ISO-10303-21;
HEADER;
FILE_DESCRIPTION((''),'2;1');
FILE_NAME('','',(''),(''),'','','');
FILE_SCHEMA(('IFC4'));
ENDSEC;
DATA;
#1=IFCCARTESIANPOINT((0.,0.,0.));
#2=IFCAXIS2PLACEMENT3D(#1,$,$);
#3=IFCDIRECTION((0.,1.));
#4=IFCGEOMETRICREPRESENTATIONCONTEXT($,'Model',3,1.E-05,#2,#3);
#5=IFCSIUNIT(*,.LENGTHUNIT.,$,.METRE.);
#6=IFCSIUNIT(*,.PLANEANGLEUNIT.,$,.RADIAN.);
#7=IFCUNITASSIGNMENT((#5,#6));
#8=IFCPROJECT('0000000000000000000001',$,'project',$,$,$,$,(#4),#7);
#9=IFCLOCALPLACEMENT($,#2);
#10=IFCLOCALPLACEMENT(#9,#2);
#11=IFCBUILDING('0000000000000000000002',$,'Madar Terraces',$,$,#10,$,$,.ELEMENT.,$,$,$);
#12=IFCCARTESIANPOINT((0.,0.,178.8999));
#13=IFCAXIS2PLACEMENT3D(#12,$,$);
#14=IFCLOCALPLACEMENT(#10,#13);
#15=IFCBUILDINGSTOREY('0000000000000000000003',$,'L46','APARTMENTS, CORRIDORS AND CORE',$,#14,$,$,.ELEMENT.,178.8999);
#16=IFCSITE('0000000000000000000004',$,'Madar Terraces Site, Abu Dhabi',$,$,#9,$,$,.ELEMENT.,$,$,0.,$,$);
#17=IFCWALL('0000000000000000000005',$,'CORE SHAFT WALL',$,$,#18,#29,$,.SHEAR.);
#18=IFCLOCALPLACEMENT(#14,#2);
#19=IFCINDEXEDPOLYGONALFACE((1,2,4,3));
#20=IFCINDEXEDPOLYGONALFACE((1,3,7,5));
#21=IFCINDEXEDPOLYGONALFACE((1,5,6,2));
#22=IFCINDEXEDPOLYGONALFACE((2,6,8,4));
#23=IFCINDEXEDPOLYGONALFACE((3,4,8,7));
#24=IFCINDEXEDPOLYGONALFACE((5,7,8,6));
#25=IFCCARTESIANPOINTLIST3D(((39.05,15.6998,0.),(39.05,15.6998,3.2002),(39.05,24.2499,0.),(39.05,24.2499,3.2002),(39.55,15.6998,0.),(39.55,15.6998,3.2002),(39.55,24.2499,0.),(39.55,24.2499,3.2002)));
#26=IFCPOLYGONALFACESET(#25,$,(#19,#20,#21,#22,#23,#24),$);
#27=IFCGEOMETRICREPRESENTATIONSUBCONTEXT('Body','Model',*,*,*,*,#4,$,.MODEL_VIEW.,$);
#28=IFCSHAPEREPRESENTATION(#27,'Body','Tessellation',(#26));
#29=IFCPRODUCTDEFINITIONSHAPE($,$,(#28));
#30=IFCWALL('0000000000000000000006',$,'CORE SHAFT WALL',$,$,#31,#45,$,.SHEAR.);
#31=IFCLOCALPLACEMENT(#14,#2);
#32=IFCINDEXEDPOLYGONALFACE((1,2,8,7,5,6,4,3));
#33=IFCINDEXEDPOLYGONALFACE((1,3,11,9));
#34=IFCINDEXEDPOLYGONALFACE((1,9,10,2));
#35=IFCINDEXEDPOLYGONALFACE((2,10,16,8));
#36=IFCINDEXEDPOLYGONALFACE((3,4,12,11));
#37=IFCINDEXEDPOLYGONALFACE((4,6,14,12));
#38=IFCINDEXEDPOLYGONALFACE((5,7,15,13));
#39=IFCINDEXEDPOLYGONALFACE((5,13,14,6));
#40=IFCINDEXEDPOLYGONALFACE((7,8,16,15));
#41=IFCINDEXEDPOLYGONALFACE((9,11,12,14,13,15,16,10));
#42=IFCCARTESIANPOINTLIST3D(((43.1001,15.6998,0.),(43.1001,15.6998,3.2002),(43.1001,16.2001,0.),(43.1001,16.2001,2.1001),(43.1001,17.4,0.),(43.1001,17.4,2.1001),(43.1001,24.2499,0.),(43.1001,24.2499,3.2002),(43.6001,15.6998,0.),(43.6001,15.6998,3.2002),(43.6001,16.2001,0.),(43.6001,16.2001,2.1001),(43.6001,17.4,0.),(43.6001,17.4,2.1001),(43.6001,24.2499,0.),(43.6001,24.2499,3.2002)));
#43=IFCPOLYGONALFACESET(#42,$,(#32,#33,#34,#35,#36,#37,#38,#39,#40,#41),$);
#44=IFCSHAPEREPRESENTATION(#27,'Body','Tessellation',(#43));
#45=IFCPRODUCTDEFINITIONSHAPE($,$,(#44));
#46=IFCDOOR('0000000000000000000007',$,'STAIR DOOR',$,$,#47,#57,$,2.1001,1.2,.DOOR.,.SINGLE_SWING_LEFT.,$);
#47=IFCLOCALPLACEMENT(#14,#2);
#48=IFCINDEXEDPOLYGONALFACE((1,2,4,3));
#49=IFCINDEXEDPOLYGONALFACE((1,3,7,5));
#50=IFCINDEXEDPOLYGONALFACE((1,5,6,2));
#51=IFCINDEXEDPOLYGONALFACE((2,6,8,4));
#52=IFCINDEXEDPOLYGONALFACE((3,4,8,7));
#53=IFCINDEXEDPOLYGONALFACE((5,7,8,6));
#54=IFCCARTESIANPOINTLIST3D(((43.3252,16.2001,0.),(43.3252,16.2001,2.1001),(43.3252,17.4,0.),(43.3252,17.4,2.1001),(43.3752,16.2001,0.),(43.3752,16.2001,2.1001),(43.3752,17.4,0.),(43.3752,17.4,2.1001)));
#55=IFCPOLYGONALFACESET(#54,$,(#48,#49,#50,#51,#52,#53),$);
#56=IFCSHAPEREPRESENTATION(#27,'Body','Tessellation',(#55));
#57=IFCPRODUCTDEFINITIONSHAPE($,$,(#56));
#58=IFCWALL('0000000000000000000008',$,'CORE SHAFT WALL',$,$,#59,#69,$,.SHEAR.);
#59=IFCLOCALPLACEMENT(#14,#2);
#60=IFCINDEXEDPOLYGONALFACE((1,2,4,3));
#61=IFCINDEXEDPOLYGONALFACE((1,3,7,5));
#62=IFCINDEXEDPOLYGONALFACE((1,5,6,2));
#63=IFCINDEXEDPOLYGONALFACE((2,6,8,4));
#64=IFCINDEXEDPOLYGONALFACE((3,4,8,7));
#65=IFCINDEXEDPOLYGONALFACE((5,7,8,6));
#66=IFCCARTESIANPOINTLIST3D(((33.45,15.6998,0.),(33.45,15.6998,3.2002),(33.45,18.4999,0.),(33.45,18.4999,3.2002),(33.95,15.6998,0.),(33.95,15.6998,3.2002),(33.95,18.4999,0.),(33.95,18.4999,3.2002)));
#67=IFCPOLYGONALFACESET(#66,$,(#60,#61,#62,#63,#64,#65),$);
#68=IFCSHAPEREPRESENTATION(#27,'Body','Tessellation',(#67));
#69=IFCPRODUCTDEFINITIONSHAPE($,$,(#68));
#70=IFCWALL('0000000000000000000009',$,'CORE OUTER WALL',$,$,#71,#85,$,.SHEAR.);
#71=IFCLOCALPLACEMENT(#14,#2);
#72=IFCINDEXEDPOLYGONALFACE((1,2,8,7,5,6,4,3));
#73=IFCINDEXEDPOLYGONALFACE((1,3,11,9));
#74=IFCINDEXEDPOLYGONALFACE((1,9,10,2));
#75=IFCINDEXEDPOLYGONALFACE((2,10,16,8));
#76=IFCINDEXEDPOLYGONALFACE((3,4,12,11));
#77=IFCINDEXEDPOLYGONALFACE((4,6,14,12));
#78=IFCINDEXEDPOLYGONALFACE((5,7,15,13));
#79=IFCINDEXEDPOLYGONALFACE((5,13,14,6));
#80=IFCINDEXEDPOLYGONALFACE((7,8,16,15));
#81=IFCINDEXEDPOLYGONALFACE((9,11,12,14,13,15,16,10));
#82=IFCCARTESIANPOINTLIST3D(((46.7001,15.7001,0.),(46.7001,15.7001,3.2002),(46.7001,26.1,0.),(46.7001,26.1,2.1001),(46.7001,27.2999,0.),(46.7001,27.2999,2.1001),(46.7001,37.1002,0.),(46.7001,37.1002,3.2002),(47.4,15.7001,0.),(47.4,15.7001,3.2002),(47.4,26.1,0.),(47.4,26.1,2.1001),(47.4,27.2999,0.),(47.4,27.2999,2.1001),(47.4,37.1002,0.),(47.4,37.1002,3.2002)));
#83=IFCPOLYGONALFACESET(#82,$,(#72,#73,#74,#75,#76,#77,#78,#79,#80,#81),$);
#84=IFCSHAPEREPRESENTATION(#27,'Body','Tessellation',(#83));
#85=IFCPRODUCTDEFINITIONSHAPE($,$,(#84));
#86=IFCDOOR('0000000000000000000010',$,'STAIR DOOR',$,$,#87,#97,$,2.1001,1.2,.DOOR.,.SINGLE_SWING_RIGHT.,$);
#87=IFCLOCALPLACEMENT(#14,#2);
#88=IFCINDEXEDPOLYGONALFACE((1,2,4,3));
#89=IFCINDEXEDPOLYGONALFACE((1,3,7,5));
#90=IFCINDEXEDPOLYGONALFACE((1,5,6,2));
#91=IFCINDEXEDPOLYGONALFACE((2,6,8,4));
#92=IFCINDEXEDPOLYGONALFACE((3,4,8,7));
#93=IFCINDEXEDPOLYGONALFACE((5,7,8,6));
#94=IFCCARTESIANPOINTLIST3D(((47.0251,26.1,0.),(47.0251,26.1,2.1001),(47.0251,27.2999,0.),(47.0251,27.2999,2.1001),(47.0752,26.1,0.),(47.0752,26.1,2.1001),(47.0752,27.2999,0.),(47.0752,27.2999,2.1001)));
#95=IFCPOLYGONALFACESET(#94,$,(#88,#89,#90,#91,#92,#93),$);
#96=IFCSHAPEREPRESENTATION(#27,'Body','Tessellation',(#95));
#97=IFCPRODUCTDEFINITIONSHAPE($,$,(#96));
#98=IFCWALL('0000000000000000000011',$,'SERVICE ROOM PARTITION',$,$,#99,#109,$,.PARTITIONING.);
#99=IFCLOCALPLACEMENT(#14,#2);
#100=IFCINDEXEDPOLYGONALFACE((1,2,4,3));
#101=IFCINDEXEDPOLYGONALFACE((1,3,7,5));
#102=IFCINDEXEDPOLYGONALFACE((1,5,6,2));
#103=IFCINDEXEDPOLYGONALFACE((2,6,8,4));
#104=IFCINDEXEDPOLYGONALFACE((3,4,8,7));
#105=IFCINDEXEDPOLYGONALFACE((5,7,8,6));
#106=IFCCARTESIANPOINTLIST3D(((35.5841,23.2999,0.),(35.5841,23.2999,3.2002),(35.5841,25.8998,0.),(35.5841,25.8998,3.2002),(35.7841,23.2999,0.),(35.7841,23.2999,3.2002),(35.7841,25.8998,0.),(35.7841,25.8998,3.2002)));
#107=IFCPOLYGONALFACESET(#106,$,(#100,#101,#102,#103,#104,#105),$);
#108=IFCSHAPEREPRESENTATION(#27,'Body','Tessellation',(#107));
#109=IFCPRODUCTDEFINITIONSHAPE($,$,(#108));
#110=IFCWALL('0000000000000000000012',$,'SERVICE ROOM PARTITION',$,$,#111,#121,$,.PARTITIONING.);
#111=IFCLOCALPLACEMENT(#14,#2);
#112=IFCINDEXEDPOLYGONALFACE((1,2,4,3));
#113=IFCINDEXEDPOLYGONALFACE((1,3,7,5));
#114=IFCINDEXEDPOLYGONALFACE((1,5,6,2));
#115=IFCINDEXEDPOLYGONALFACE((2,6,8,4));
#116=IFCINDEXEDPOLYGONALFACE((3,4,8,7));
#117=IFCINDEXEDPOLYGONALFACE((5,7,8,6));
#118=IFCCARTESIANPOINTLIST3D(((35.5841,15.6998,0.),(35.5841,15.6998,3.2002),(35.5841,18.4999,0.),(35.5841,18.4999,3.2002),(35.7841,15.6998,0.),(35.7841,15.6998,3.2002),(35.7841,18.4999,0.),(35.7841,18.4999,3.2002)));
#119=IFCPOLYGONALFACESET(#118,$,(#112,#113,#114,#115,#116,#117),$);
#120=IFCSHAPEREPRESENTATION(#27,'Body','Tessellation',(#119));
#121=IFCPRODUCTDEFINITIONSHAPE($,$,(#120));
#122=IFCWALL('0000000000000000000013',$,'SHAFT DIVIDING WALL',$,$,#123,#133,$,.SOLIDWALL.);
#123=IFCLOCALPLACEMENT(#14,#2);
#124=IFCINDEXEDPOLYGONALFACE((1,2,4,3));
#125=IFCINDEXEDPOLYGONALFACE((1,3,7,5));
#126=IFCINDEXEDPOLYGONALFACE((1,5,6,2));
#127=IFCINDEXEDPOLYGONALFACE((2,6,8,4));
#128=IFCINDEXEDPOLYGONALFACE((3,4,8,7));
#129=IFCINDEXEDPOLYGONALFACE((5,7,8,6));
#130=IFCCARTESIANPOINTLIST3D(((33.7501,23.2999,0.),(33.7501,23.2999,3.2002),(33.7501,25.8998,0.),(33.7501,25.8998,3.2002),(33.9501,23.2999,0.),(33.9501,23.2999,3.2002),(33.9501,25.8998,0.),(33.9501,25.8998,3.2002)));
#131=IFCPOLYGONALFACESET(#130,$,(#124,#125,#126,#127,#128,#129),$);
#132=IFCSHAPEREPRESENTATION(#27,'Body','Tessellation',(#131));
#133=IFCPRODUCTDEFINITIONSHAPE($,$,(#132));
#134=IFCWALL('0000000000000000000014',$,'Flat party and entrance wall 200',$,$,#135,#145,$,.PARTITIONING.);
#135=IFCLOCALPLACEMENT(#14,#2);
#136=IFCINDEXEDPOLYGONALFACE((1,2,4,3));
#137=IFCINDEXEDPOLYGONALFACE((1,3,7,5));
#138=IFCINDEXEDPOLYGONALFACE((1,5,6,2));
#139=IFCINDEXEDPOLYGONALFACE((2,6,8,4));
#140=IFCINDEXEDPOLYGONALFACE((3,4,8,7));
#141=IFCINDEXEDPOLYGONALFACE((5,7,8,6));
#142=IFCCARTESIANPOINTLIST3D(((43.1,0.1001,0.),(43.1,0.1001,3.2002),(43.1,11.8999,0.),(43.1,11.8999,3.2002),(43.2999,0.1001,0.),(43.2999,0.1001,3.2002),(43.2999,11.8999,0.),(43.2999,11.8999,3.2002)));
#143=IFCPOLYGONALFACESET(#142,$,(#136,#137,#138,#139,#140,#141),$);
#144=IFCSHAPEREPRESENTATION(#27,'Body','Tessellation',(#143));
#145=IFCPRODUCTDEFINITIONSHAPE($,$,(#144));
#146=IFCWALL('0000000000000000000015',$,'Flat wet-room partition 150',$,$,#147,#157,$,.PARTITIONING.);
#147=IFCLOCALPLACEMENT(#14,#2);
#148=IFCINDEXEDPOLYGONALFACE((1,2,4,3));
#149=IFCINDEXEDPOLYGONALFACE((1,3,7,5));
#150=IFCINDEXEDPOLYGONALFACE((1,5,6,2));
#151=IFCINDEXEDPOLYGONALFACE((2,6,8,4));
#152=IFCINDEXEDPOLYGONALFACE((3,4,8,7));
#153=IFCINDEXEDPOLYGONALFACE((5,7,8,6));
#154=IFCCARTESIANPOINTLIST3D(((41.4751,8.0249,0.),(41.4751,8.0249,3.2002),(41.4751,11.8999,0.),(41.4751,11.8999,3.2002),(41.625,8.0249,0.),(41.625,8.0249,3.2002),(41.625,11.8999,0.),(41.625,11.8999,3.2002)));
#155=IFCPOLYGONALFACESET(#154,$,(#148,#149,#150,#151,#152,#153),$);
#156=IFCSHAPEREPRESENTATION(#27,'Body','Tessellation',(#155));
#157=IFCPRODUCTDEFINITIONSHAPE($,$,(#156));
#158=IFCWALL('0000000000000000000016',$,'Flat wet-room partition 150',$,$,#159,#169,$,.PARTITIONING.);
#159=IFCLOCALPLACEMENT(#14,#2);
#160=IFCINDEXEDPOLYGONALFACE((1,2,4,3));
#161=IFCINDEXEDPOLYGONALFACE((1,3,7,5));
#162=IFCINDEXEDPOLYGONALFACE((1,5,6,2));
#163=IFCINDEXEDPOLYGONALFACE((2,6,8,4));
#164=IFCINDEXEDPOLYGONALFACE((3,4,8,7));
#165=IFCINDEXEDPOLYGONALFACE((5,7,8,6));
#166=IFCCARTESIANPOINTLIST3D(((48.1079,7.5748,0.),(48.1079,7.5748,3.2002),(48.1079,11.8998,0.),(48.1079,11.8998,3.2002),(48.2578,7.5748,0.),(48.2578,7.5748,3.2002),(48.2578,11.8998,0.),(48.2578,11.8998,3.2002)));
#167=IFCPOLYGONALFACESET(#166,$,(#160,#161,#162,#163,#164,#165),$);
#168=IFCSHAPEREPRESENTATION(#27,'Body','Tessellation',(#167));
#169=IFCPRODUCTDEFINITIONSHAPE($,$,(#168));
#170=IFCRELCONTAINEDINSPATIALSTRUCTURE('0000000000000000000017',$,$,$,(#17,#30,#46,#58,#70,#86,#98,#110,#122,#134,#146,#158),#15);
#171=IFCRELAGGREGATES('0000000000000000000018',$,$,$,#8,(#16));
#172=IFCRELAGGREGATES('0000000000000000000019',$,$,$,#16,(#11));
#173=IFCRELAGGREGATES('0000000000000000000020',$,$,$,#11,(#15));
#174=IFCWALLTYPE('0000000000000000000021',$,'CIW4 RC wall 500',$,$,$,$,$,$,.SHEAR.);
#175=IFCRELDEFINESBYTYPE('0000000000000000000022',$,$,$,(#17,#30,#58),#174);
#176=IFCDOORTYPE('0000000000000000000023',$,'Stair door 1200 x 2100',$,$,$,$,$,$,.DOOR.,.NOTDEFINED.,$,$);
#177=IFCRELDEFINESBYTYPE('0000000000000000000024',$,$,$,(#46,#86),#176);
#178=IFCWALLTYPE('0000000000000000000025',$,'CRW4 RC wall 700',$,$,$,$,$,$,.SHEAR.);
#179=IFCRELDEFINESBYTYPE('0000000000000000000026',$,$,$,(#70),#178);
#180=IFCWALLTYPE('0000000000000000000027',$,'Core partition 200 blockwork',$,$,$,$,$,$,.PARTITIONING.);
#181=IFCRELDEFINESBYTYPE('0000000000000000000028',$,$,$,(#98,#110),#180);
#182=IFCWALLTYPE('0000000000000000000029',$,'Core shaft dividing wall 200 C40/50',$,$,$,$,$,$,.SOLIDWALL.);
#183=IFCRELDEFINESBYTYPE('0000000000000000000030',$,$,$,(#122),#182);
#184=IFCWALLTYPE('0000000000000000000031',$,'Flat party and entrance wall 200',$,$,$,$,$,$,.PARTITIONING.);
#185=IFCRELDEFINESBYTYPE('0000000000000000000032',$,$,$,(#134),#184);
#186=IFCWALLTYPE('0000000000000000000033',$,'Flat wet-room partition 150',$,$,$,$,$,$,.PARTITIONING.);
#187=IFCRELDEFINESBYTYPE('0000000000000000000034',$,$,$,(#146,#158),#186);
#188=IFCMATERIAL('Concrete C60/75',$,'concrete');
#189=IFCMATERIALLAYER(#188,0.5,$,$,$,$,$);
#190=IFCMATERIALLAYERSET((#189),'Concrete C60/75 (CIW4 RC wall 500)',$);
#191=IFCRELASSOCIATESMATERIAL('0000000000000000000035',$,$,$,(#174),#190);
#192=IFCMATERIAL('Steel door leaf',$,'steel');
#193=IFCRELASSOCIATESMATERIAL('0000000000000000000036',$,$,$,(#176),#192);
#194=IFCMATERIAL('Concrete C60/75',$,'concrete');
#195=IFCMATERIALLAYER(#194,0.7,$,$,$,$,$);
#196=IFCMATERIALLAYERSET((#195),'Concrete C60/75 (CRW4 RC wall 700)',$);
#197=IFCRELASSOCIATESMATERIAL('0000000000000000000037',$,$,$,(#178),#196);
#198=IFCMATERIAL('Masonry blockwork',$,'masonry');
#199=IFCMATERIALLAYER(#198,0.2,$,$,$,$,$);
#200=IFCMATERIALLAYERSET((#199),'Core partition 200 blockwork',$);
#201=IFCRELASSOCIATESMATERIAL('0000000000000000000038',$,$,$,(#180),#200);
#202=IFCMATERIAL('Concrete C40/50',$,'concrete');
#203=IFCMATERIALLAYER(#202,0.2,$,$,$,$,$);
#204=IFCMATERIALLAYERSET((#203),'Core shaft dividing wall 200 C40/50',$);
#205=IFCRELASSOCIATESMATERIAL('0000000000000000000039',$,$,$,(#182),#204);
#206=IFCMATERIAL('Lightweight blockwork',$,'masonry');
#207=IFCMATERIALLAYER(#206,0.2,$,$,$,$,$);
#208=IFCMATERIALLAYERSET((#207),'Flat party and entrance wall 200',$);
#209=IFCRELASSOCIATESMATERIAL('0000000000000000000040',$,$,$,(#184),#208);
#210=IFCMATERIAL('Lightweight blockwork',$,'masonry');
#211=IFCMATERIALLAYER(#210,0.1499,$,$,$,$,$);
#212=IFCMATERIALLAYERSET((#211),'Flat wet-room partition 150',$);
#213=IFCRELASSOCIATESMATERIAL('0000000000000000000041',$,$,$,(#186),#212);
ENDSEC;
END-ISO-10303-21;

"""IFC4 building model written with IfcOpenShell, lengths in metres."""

from ifc_helpers import new_model, si_unit, direction, frame, frame_2d, origin, place, context, subcontext, project, spatial, rectangle, extrude, material, layer, layer_set, type_object, element, fill, save


model = new_model("IFC4")

# Units and contexts
model_context = context("Model", 3, precision=1e-05, world=origin(), true_north=direction((0.0, 1.0)))
body_context = subcontext(model_context, "Body", "Model", "MODEL_VIEW")
ifc_project = project(units=[si_unit("LENGTHUNIT", "METRE"), si_unit("PLANEANGLEUNIT", "RADIAN")], contexts=[model_context])

# Site, building, storey
site_placement = place(None, origin())
site = spatial("IfcSite", under=ifc_project, at=site_placement, Name="Madar Terraces Site, Abu Dhabi", CompositionType="ELEMENT", RefElevation=0.0)
building_placement = place(site_placement, origin())
building = spatial("IfcBuilding", under=site, at=building_placement, Name="Madar Terraces", CompositionType="ELEMENT")
storey_placement = place(building_placement, frame((0.0, 0.0, 178.8999)))
storey = spatial("IfcBuildingStorey", under=building, at=storey_placement, Name="L46", Description="APARTMENTS, CORRIDORS AND CORE", CompositionType="ELEMENT", Elevation=178.8999)

# Wall
ifc_material_1 = material(Name="Concrete C60/75", Category="concrete")
ifc_layer_1 = layer(ifc_material_1, 0.5)
ifc_layer_set_1 = layer_set([ifc_layer_1], Name="Concrete C60/75 (CIW4 RC wall 500)")
wall_type_1 = type_object("IfcWallType", Name="CIW4 RC wall 500", PredefinedType="SHEAR", material=ifc_layer_set_1)
wall_1_placement = place(storey_placement, frame((39.3, 15.7, 0.0), z_axis=(0.0, 0.0, 1.0), x_axis=(0.0, 1.0, 0.0)))
element("IfcWall", 1, at=wall_1_placement, inside=storey, type_object=wall_type_1, Name="CORE SHAFT WALL", PredefinedType="SHEAR", context=body_context, shape_type="SweptSolid", body=[
    extrude(rectangle(XDim=8.55, YDim=0.5, at=frame_2d((4.2749, 0.0))), origin(), (0.0, 0.0, 1.0), 3.2002),
])

# Wall, opening, door
wall_2_placement = place(storey_placement, frame((43.3501, 15.7, 0.0), z_axis=(0.0, 0.0, 1.0), x_axis=(0.0, 1.0, 0.0)))
wall_2 = element("IfcWall", 2, at=wall_2_placement, inside=storey, type_object=wall_type_1, Name="CORE SHAFT WALL", PredefinedType="SHEAR", context=body_context, shape_type="SweptSolid", body=[
    extrude(rectangle(XDim=8.55, YDim=0.5, at=frame_2d((4.2749, 0.0))), origin(), (0.0, 0.0, 1.0), 3.2002),
])
opening_1_placement = place(wall_2_placement, frame((0.5, 0.0, 0.0)))
opening_1 = element("IfcOpeningElement", 3, at=opening_1_placement, cuts=wall_2, PredefinedType="OPENING", context=body_context, shape_type="SweptSolid", body=[
    extrude(rectangle(XDim=1.2, YDim=2.1001, at=frame_2d((0.6001, 1.05))), frame((0.0, 0.26, 0.0), z_axis=(0.0, -1.0, 0.0), x_axis=(1.0, 0.0, 0.0)), (0.0, 0.0, 1.0), 0.52),
])
ifc_material_2 = material(Name="Steel door leaf", Category="steel")
door_type = type_object("IfcDoorType", Name="Stair door 1200 x 2100", OperationType="NOTDEFINED", PredefinedType="DOOR", material=ifc_material_2)
door_1_placement = place(opening_1_placement, origin())
door_1 = element("IfcDoor", 4, at=door_1_placement, inside=storey, type_object=door_type, Name="STAIR DOOR", OperationType="SINGLE_SWING_LEFT", OverallHeight=2.1001, OverallWidth=1.2, PredefinedType="DOOR", context=body_context, shape_type="SweptSolid", body=[
    extrude(rectangle(XDim=1.2, YDim=2.1001, at=frame_2d((0.6001, 1.05))), frame((0.0, 0.0249, 0.0), z_axis=(0.0, -1.0, 0.0), x_axis=(1.0, 0.0, 0.0)), (0.0, 0.0, 1.0), 0.05),
])
fill(opening_1, door_1)

# Wall
wall_3_placement = place(storey_placement, frame((33.7, 15.7, 0.0), z_axis=(0.0, 0.0, 1.0), x_axis=(0.0, 1.0, 0.0)))
element("IfcWall", 5, at=wall_3_placement, inside=storey, type_object=wall_type_1, Name="CORE SHAFT WALL", PredefinedType="SHEAR", context=body_context, shape_type="SweptSolid", body=[
    extrude(rectangle(XDim=2.8, YDim=0.5, at=frame_2d((1.3999, 0.0))), origin(), (0.0, 0.0, 1.0), 3.2002),
])

# Wall, opening, door
ifc_material_3 = material(Name="Concrete C60/75", Category="concrete")
ifc_layer_2 = layer(ifc_material_3, 0.7)
ifc_layer_set_2 = layer_set([ifc_layer_2], Name="Concrete C60/75 (CRW4 RC wall 700)")
wall_type_2 = type_object("IfcWallType", Name="CRW4 RC wall 700", PredefinedType="SHEAR", material=ifc_layer_set_2)
wall_4_placement = place(storey_placement, frame((47.05, 15.7, 0.0), z_axis=(0.0, 0.0, 1.0), x_axis=(0.0, 1.0, 0.0)))
wall_4 = element("IfcWall", 6, at=wall_4_placement, inside=storey, type_object=wall_type_2, Name="CORE OUTER WALL", PredefinedType="SHEAR", context=body_context, shape_type="SweptSolid", body=[
    extrude(rectangle(XDim=21.4001, YDim=0.7, at=frame_2d((10.7002, 0.0))), origin(), (0.0, 0.0, 1.0), 3.2002),
])
opening_2_placement = place(wall_4_placement, frame((10.3999, 0.0, 0.0)))
opening_2 = element("IfcOpeningElement", 7, at=opening_2_placement, cuts=wall_4, PredefinedType="OPENING", context=body_context, shape_type="SweptSolid", body=[
    extrude(rectangle(XDim=1.2, YDim=2.1001, at=frame_2d((0.6001, 1.05))), frame((0.0, 0.3599, 0.0), z_axis=(0.0, -1.0, 0.0), x_axis=(1.0, 0.0, 0.0)), (0.0, 0.0, 1.0), 0.72),
])
door_2_placement = place(opening_2_placement, origin())
door_2 = element("IfcDoor", 8, at=door_2_placement, inside=storey, type_object=door_type, Name="STAIR DOOR", OperationType="SINGLE_SWING_RIGHT", OverallHeight=2.1001, OverallWidth=1.2, PredefinedType="DOOR", context=body_context, shape_type="SweptSolid", body=[
    extrude(rectangle(XDim=1.2, YDim=2.1001, at=frame_2d((0.6001, 1.05))), frame((0.0, 0.0249, 0.0), z_axis=(0.0, -1.0, 0.0), x_axis=(1.0, 0.0, 0.0)), (0.0, 0.0, 1.0), 0.05),
])
fill(opening_2, door_2)

# Walls
ifc_material_4 = material(Name="Masonry blockwork", Category="masonry")
ifc_layer_3 = layer(ifc_material_4, 0.2)
ifc_layer_set_3 = layer_set([ifc_layer_3], Name="Core partition 200 blockwork")
wall_type_3 = type_object("IfcWallType", Name="Core partition 200 blockwork", PredefinedType="PARTITIONING", material=ifc_layer_set_3)
wall_5_placement = place(storey_placement, frame((35.6841, 23.3, 0.0), z_axis=(0.0, 0.0, 1.0), x_axis=(0.0, 1.0, 0.0)))
element("IfcWall", 9, at=wall_5_placement, inside=storey, type_object=wall_type_3, Name="SERVICE ROOM PARTITION", PredefinedType="PARTITIONING", context=body_context, shape_type="SweptSolid", body=[
    extrude(rectangle(XDim=2.5999, YDim=0.2, at=frame_2d((1.2998, 0.0))), origin(), (0.0, 0.0, 1.0), 3.2002),
])
wall_6_placement = place(storey_placement, frame((35.6841, 15.7, 0.0), z_axis=(0.0, 0.0, 1.0), x_axis=(0.0, 1.0, 0.0)))
element("IfcWall", 10, at=wall_6_placement, inside=storey, type_object=wall_type_3, Name="SERVICE ROOM PARTITION", PredefinedType="PARTITIONING", context=body_context, shape_type="SweptSolid", body=[
    extrude(rectangle(XDim=2.8, YDim=0.2, at=frame_2d((1.3999, 0.0))), origin(), (0.0, 0.0, 1.0), 3.2002),
])
ifc_material_5 = material(Name="Concrete C40/50", Category="concrete")
ifc_layer_4 = layer(ifc_material_5, 0.2)
ifc_layer_set_4 = layer_set([ifc_layer_4], Name="Core shaft dividing wall 200 C40/50")
wall_type_4 = type_object("IfcWallType", Name="Core shaft dividing wall 200 C40/50", PredefinedType="SOLIDWALL", material=ifc_layer_set_4)
wall_7_placement = place(storey_placement, frame((33.8501, 23.3, 0.0), z_axis=(0.0, 0.0, 1.0), x_axis=(0.0, 1.0, 0.0)))
element("IfcWall", 11, at=wall_7_placement, inside=storey, type_object=wall_type_4, Name="SHAFT DIVIDING WALL", PredefinedType="SOLIDWALL", context=body_context, shape_type="SweptSolid", body=[
    extrude(rectangle(XDim=2.5999, YDim=0.2, at=frame_2d((1.2998, 0.0))), origin(), (0.0, 0.0, 1.0), 3.2002),
])
ifc_material_6 = material(Name="Lightweight blockwork", Category="masonry")
ifc_layer_5 = layer(ifc_material_6, 0.2)
ifc_layer_set_5 = layer_set([ifc_layer_5], Name="Flat party and entrance wall 200")
wall_type_5 = type_object("IfcWallType", Name="Flat party and entrance wall 200", PredefinedType="PARTITIONING", material=ifc_layer_set_5)
wall_8_placement = place(storey_placement, frame((43.2, 11.8999, 0.0), z_axis=(0.0, 0.0, 1.0), x_axis=(0.0, -1.0, 0.0)))
element("IfcWall", 12, at=wall_8_placement, inside=storey, type_object=wall_type_5, Name="Flat party and entrance wall 200", PredefinedType="PARTITIONING", context=body_context, shape_type="SweptSolid", body=[
    extrude(rectangle(XDim=11.7998, YDim=0.2, at=frame_2d((5.8999, 0.0))), origin(), (0.0, 0.0, 1.0), 3.2002),
])
ifc_material_7 = material(Name="Lightweight blockwork", Category="masonry")
ifc_layer_6 = layer(ifc_material_7, 0.1499)
ifc_layer_set_6 = layer_set([ifc_layer_6], Name="Flat wet-room partition 150")
wall_type_6 = type_object("IfcWallType", Name="Flat wet-room partition 150", PredefinedType="PARTITIONING", material=ifc_layer_set_6)
wall_9_placement = place(storey_placement, frame((41.55, 11.8999, 0.0), z_axis=(0.0, 0.0, 1.0), x_axis=(0.0, -1.0, 0.0)))
element("IfcWall", 13, at=wall_9_placement, inside=storey, type_object=wall_type_6, Name="Flat wet-room partition 150", PredefinedType="PARTITIONING", context=body_context, shape_type="SweptSolid", body=[
    extrude(rectangle(XDim=3.875, YDim=0.1499, at=frame_2d((1.9375, 0.0))), origin(), (0.0, 0.0, 1.0), 3.2002),
])
wall_10_placement = place(storey_placement, frame((48.1829, 11.8999, 0.0), z_axis=(0.0, 0.0, 1.0), x_axis=(0.0, -1.0, 0.0)))
element("IfcWall", 14, at=wall_10_placement, inside=storey, type_object=wall_type_6, Name="Flat wet-room partition 150", PredefinedType="PARTITIONING", context=body_context, shape_type="SweptSolid", body=[
    extrude(rectangle(XDim=4.325, YDim=0.1499, at=frame_2d((2.1626, 0.0))), origin(), (0.0, 0.0, 1.0), 3.2002),
])

save(model, "model.ifc")
